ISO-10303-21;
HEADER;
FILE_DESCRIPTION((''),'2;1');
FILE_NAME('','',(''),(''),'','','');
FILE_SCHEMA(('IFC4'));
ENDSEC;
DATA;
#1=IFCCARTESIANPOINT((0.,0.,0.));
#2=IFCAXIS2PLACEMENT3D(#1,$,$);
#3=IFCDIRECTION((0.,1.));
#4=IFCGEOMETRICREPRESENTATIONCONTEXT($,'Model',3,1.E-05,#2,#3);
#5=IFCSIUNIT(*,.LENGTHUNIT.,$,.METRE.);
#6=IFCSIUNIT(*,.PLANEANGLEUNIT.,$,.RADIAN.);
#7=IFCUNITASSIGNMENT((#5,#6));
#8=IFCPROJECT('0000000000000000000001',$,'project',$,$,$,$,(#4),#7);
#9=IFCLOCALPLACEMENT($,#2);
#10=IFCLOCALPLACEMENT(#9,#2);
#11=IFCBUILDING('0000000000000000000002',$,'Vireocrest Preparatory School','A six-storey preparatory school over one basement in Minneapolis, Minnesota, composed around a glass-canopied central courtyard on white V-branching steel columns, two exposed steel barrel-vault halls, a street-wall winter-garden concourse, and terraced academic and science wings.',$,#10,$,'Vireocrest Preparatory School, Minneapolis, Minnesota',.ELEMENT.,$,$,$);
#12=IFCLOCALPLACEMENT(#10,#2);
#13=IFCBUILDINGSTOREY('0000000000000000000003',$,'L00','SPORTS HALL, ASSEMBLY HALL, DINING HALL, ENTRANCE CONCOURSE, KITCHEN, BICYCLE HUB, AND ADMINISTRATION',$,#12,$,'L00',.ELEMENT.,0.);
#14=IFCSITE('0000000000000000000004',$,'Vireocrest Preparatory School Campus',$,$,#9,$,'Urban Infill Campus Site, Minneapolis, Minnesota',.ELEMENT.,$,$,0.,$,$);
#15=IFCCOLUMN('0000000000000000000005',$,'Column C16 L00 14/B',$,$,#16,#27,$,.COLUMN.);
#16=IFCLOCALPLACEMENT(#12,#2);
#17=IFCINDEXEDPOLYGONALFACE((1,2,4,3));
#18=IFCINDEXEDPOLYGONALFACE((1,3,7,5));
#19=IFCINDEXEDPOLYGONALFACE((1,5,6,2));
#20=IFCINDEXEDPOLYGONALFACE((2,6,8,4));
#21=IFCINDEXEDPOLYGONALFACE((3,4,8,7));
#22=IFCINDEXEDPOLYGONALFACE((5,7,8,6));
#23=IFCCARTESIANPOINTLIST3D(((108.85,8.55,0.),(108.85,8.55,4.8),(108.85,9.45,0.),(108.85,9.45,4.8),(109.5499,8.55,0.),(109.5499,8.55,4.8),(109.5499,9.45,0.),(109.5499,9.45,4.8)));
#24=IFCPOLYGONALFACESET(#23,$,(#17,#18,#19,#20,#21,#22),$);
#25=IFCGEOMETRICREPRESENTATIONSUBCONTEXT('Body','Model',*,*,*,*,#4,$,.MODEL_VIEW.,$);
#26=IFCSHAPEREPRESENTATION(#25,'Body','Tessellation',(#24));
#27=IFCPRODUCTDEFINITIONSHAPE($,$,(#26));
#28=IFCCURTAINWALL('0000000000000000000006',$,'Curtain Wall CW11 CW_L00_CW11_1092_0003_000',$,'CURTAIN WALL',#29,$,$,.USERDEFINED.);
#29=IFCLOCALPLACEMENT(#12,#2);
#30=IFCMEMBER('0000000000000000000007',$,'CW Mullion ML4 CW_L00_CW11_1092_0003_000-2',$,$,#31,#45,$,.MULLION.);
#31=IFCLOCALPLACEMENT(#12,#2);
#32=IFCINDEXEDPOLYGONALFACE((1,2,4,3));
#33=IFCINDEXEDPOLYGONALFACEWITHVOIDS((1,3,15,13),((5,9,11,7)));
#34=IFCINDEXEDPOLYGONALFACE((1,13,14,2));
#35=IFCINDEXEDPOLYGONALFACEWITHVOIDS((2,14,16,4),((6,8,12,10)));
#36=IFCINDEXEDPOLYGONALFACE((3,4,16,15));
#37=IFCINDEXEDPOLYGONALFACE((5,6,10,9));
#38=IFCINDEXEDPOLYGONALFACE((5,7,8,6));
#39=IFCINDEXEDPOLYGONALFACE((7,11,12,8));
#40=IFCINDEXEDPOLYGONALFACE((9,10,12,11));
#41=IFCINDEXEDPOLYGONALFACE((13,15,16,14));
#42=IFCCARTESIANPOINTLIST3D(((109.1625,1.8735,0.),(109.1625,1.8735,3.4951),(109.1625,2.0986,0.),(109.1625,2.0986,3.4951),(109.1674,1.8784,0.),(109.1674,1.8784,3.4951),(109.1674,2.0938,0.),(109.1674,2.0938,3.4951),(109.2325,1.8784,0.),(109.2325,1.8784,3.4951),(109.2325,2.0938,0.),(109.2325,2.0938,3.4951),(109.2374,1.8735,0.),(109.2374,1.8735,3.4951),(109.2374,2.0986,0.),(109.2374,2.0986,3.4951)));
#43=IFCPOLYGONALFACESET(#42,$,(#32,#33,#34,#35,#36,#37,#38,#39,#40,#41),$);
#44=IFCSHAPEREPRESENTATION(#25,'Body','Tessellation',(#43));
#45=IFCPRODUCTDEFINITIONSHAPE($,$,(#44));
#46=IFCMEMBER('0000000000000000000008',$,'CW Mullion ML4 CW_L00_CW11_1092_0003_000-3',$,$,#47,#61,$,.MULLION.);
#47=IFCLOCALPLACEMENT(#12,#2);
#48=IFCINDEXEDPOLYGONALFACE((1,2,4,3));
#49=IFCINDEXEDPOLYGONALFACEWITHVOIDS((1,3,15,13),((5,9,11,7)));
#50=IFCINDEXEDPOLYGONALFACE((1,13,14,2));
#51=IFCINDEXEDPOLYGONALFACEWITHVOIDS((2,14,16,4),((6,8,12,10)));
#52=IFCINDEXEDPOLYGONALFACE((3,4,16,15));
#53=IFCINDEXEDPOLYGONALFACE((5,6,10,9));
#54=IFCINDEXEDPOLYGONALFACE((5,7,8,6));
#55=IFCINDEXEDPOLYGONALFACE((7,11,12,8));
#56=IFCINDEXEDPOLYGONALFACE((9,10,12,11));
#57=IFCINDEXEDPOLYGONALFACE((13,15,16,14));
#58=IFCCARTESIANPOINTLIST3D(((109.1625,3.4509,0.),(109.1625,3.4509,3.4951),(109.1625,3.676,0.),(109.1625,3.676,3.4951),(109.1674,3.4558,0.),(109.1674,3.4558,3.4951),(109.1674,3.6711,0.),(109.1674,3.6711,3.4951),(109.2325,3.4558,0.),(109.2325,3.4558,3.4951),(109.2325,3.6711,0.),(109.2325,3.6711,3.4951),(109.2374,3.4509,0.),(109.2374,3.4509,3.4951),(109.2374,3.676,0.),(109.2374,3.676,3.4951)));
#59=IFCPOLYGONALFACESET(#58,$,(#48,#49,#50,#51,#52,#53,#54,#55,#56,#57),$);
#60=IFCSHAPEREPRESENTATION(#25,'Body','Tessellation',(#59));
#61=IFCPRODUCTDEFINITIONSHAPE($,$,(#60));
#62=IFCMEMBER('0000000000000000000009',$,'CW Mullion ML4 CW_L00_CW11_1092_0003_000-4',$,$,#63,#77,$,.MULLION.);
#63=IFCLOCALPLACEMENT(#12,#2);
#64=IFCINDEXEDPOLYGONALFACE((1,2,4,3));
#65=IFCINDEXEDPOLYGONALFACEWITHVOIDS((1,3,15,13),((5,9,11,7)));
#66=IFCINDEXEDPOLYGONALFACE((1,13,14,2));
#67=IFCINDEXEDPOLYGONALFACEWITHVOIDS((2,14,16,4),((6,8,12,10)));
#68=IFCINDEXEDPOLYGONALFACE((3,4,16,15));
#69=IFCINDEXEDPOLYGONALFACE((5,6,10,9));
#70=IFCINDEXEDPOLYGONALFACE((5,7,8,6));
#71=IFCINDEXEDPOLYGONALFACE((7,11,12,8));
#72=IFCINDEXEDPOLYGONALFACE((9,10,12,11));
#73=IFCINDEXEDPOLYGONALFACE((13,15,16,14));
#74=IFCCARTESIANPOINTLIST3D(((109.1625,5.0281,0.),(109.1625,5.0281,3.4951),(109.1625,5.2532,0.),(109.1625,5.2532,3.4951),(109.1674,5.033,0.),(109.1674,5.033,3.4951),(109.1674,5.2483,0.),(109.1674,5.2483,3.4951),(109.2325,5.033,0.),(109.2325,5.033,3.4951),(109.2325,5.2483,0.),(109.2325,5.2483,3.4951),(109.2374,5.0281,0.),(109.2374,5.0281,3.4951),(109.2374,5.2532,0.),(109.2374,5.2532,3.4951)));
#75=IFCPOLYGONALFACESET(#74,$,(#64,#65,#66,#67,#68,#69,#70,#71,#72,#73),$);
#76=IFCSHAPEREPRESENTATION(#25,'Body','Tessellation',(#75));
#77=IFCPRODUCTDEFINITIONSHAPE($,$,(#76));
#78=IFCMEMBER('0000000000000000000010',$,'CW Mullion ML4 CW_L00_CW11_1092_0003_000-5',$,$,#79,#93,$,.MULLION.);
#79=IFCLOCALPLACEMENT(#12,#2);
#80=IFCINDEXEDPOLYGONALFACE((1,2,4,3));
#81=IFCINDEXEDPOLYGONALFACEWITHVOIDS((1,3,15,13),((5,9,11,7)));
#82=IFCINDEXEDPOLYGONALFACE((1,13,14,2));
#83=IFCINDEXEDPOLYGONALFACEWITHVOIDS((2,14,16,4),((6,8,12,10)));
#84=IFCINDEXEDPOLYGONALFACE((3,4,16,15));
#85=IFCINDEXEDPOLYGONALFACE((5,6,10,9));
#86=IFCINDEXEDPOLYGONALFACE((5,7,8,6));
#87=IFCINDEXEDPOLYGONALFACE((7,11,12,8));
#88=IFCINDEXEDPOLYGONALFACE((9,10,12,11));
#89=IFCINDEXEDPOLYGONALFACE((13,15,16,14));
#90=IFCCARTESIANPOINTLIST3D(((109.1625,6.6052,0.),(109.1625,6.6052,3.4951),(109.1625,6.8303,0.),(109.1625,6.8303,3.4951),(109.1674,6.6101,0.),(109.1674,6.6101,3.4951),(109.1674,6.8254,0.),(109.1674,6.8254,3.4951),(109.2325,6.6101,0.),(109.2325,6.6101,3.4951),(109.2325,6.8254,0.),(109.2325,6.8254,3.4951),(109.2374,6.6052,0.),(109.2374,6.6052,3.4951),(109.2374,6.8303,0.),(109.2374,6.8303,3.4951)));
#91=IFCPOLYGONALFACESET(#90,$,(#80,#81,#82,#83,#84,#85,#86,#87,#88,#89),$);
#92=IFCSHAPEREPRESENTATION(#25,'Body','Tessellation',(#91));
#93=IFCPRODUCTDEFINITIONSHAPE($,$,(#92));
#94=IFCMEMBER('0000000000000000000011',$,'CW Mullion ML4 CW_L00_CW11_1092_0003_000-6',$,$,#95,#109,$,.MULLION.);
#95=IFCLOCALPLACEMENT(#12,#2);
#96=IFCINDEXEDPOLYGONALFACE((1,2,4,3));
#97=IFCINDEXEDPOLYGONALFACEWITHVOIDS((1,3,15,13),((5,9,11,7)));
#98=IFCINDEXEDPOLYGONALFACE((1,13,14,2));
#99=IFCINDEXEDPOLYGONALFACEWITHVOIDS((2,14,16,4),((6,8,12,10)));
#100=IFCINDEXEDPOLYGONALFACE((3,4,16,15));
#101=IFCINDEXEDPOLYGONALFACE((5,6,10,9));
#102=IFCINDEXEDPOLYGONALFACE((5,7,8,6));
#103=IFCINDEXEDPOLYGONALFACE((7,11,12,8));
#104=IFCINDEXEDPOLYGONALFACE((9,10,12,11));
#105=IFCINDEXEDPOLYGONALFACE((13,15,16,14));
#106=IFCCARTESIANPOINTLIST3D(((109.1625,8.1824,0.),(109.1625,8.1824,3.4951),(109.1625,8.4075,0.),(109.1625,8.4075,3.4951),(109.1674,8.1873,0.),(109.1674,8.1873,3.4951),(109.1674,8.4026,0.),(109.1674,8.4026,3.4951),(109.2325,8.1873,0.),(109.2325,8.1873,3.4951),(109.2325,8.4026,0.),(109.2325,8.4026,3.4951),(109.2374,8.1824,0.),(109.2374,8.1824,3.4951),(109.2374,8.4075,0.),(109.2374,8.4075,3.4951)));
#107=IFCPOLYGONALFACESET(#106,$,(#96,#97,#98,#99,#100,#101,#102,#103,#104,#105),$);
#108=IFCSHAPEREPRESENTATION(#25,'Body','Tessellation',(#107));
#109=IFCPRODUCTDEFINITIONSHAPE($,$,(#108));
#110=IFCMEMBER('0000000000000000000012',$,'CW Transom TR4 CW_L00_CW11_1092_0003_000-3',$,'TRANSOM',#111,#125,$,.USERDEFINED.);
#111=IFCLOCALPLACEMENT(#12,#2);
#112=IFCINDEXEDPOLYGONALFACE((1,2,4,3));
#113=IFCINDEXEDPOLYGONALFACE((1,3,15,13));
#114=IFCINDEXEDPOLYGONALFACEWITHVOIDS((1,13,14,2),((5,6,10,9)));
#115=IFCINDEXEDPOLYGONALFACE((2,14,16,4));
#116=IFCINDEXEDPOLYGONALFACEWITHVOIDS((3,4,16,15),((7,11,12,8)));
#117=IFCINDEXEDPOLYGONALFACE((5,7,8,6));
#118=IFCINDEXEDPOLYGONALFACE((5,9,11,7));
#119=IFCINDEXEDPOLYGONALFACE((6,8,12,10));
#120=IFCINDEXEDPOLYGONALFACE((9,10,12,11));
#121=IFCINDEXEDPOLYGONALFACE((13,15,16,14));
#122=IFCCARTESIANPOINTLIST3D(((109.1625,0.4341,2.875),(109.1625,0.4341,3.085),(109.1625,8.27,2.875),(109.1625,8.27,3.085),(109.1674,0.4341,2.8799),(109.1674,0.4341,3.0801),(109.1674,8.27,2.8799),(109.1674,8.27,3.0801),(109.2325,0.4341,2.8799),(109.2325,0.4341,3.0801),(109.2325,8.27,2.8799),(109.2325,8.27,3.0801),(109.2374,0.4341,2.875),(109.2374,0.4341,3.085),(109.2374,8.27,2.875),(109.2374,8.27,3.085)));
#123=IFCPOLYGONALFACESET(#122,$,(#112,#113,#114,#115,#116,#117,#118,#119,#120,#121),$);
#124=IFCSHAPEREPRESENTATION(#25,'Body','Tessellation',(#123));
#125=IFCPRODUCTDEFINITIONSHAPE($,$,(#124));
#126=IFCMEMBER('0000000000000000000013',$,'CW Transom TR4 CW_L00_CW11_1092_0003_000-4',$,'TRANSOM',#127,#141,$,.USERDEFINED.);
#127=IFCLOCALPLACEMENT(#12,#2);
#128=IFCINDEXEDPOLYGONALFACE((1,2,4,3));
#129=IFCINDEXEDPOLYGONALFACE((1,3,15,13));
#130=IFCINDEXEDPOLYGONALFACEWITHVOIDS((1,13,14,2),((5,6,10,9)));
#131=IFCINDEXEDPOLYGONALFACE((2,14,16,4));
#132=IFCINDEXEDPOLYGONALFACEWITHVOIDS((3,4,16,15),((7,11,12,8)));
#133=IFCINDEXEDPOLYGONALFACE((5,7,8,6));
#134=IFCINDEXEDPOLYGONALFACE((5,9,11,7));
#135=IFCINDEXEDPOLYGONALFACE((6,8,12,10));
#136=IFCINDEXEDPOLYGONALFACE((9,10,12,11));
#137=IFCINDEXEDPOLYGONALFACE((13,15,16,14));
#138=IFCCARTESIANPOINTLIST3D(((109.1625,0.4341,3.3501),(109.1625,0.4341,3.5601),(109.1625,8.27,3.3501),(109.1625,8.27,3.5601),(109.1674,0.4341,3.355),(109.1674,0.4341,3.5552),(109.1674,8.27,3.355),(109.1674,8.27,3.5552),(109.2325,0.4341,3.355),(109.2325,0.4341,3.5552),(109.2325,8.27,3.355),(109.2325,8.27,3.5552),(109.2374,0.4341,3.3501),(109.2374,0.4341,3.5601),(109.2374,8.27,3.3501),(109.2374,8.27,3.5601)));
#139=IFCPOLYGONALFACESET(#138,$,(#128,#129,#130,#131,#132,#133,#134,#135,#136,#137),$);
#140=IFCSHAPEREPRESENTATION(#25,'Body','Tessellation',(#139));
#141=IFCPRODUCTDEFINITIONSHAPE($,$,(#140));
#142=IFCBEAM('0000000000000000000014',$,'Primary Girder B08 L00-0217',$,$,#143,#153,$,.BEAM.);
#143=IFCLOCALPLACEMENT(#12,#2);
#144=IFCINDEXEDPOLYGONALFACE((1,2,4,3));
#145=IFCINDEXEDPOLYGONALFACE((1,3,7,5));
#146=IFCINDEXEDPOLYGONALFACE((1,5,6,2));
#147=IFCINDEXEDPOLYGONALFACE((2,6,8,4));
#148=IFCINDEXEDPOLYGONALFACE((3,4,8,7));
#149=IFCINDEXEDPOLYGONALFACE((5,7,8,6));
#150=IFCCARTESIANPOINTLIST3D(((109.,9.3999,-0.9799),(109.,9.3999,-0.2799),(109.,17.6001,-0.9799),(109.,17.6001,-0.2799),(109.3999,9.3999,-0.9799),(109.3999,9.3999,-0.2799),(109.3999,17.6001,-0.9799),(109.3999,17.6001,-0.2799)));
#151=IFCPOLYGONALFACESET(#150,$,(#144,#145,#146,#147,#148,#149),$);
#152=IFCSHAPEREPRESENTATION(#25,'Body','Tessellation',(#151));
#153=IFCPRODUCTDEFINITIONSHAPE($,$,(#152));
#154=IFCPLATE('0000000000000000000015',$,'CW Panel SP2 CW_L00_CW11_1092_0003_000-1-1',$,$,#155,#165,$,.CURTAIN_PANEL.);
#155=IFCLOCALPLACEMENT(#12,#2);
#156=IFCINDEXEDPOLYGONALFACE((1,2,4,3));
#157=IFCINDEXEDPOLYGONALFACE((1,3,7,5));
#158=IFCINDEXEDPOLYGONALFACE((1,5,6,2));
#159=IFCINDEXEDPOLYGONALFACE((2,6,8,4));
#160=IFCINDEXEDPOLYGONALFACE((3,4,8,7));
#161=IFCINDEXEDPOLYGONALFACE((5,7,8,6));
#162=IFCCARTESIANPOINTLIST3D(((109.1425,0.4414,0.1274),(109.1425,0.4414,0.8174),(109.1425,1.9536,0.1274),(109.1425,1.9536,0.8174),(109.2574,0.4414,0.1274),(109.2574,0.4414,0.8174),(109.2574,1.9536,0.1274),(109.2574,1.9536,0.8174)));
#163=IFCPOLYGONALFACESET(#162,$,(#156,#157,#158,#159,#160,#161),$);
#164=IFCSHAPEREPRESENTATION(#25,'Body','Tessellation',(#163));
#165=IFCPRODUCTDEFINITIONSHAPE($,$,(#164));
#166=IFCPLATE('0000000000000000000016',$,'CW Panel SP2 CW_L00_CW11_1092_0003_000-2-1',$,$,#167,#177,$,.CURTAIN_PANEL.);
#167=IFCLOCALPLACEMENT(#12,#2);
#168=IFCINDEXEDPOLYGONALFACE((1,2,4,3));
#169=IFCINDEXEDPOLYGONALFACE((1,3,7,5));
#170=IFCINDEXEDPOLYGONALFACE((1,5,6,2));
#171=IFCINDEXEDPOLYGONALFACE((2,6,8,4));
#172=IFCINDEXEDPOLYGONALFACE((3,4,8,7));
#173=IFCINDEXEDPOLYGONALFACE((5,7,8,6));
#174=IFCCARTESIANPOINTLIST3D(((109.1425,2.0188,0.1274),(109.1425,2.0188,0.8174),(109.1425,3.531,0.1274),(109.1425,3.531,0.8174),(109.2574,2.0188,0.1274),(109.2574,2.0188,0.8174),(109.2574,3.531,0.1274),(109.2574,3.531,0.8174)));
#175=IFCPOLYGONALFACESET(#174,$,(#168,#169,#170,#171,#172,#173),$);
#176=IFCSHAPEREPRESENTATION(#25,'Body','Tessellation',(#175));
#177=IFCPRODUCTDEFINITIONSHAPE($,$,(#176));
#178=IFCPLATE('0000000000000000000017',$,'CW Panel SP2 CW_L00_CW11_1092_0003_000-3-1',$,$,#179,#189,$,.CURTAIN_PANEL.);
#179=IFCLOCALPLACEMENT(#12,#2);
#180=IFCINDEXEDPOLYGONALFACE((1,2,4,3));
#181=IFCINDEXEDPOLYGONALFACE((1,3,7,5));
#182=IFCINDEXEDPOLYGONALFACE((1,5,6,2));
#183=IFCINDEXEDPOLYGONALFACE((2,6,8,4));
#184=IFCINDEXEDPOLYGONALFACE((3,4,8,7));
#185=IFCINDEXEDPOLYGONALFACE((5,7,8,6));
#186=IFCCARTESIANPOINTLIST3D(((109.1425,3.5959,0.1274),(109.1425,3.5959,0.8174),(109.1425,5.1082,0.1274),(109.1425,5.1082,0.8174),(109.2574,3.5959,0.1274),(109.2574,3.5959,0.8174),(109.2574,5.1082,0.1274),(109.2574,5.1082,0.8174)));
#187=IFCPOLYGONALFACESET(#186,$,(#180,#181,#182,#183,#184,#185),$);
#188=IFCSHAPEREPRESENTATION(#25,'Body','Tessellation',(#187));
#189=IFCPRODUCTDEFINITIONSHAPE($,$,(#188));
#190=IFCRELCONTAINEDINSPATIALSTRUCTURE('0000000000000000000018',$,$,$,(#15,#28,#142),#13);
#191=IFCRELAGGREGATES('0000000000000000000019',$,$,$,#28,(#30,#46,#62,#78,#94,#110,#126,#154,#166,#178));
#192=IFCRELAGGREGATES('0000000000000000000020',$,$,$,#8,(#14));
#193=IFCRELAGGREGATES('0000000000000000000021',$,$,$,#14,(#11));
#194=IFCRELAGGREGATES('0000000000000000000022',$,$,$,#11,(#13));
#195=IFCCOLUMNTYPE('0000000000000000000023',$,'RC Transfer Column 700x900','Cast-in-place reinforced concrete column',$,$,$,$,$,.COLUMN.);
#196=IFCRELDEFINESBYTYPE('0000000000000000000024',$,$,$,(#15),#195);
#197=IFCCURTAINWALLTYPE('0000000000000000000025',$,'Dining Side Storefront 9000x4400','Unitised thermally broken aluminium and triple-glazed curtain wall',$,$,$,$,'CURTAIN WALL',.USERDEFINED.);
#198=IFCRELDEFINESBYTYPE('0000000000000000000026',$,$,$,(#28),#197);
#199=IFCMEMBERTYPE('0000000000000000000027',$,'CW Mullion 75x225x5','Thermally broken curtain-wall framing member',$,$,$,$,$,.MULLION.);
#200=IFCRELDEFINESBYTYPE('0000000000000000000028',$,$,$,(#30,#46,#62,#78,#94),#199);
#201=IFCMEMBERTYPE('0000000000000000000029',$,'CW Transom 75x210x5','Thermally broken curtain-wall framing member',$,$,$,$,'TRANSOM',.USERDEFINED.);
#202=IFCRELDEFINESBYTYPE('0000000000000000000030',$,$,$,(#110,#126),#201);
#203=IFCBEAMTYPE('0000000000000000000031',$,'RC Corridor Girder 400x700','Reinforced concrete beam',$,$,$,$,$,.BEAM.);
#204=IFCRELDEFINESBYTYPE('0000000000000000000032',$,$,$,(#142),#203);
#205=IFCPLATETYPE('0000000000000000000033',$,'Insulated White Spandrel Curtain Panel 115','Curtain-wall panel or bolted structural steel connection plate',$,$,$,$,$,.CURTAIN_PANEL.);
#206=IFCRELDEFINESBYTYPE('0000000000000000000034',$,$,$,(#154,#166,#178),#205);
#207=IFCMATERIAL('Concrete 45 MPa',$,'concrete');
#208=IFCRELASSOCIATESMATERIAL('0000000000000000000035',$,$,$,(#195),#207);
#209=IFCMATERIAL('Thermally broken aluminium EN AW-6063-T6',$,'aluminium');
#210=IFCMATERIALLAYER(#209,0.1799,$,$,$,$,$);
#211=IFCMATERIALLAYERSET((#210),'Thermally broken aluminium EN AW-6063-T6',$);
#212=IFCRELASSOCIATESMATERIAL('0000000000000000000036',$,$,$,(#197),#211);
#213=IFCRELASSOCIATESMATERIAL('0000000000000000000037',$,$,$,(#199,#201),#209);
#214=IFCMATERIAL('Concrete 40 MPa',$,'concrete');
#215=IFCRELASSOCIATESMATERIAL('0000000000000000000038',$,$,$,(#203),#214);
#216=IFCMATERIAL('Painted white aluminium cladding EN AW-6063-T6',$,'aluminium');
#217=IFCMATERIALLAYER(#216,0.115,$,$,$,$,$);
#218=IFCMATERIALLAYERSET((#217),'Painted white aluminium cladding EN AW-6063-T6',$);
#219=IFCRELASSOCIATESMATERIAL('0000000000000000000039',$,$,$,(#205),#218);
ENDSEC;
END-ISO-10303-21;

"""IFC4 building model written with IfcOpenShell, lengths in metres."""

from ifc_helpers import new_model, si_unit, direction, frame, origin, origin_2d, place, context, subcontext, project, spatial, rectangle, hollow_rectangle, extrude, material, layer, layer_set, material_profile, profile_set, type_object, element, aggregate, save


model = new_model("IFC4")

# Units and contexts
model_context = context("Model", 3, precision=1e-05, world=origin(), true_north=direction((0.0, 1.0)))
body_context = subcontext(model_context, "Body", "Model", "MODEL_VIEW")
ifc_project = project(units=[si_unit("LENGTHUNIT", "METRE"), si_unit("PLANEANGLEUNIT", "RADIAN")], contexts=[model_context])

# Site, building, storey
site_placement = place(None, origin())
site = spatial("IfcSite", under=ifc_project, at=site_placement, Name="Vireocrest Preparatory School Campus", LongName="Urban Infill Campus Site, Minneapolis, Minnesota", CompositionType="ELEMENT", RefElevation=0.0)
building_placement = place(site_placement, origin())
building = spatial("IfcBuilding", under=site, at=building_placement, Name="Vireocrest Preparatory School", Description="A six-storey preparatory school over one basement in Minneapolis, Minnesota, composed around a glass-canopied central courtyard on white V-branching steel columns, two exposed steel barrel-vault halls, a street-wall winter-garden concourse, and terraced academic and science wings.", LongName="Vireocrest Preparatory School, Minneapolis, Minnesota", CompositionType="ELEMENT")
storey_placement = place(building_placement, origin())
storey = spatial("IfcBuildingStorey", under=building, at=storey_placement, Name="L00", Description="SPORTS HALL, ASSEMBLY HALL, DINING HALL, ENTRANCE CONCOURSE, KITCHEN, BICYCLE HUB, AND ADMINISTRATION", LongName="L00", CompositionType="ELEMENT", Elevation=0.0)

# Column
ifc_material_1 = material(Name="Concrete 45 MPa", Category="concrete")
ifc_material_profile_1 = material_profile(ifc_material_1, rectangle(XDim=0.7, YDim=0.8999, at=origin_2d()), Name="RC 700x900")
ifc_profile_set_1 = profile_set([ifc_material_profile_1], Name="Concrete 45 MPa")
column_type = type_object("IfcColumnType", Name="RC Transfer Column 700x900", Description="Cast-in-place reinforced concrete column", PredefinedType="COLUMN", material=ifc_profile_set_1)
column_placement = place(storey_placement, frame((109.2, 9.0, 0.0), z_axis=(0.0, 0.0, 1.0), x_axis=(1.0, 0.0, 0.0)))
element("IfcColumn", 1, at=column_placement, inside=storey, type_object=column_type, Name="Column C16 L00 14/B", PredefinedType="COLUMN", context=body_context, shape_type="SweptSolid", body=[
    extrude(rectangle(XDim=0.7, YDim=0.8999, at=origin_2d()), origin(), (0.0, 0.0, 1.0), 4.8),
])

# Curtain wall, members
ifc_material_2 = material(Name="Thermally broken aluminium EN AW-6063-T6", Category="aluminium")
ifc_layer_1 = layer(ifc_material_2, 0.1799)
ifc_layer_set_1 = layer_set([ifc_layer_1], Name="Thermally broken aluminium EN AW-6063-T6")
curtain_wall_type = type_object("IfcCurtainWallType", Name="Dining Side Storefront 9000x4400", Description="Unitised thermally broken aluminium and triple-glazed curtain wall", ElementType="CURTAIN WALL", PredefinedType="USERDEFINED", material=ifc_layer_set_1)
curtain_wall_placement = place(storey_placement, origin())
curtain_wall = element("IfcCurtainWall", 2, at=curtain_wall_placement, inside=storey, type_object=curtain_wall_type, Name="Curtain Wall CW11 CW_L00_CW11_1092_0003_000", ObjectType="CURTAIN WALL", PredefinedType="USERDEFINED")
ifc_material_profile_2 = material_profile(ifc_material_2, hollow_rectangle(XDim=0.075, YDim=0.2251, WallThickness=0.0049, at=origin_2d()), Name="ALU 75x225x5")
ifc_profile_set_2 = profile_set([ifc_material_profile_2], Name="Thermally broken aluminium EN AW-6063-T6")
member_type_1 = type_object("IfcMemberType", Name="CW Mullion 75x225x5", Description="Thermally broken curtain-wall framing member", PredefinedType="MULLION", material=ifc_profile_set_2)
member_1_placement = place(storey_placement, frame((109.2, 1.9861, 0.0), z_axis=(0.0, 0.0, 1.0), x_axis=(1.0, 0.0, 0.0)))
member_1 = element("IfcMember", 3, at=member_1_placement, type_object=member_type_1, Name="CW Mullion ML4 CW_L00_CW11_1092_0003_000-2", PredefinedType="MULLION", context=body_context, shape_type="SweptSolid", body=[
    extrude(hollow_rectangle(XDim=0.075, YDim=0.2251, WallThickness=0.0049, at=origin_2d()), origin(), (0.0, 0.0, 1.0), 3.4951),
])
member_2_placement = place(storey_placement, frame((109.2, 3.5635, 0.0), z_axis=(0.0, 0.0, 1.0), x_axis=(1.0, 0.0, 0.0)))
member_2 = element("IfcMember", 4, at=member_2_placement, type_object=member_type_1, Name="CW Mullion ML4 CW_L00_CW11_1092_0003_000-3", PredefinedType="MULLION", context=body_context, shape_type="SweptSolid", body=[
    extrude(hollow_rectangle(XDim=0.075, YDim=0.2251, WallThickness=0.0049, at=origin_2d()), origin(), (0.0, 0.0, 1.0), 3.4951),
])
member_3_placement = place(storey_placement, frame((109.2, 5.1406, 0.0), z_axis=(0.0, 0.0, 1.0), x_axis=(1.0, 0.0, 0.0)))
member_3 = element("IfcMember", 5, at=member_3_placement, type_object=member_type_1, Name="CW Mullion ML4 CW_L00_CW11_1092_0003_000-4", PredefinedType="MULLION", context=body_context, shape_type="SweptSolid", body=[
    extrude(hollow_rectangle(XDim=0.075, YDim=0.2251, WallThickness=0.0049, at=origin_2d()), origin(), (0.0, 0.0, 1.0), 3.4951),
])
member_4_placement = place(storey_placement, frame((109.2, 6.7178, 0.0), z_axis=(0.0, 0.0, 1.0), x_axis=(1.0, 0.0, 0.0)))
member_4 = element("IfcMember", 6, at=member_4_placement, type_object=member_type_1, Name="CW Mullion ML4 CW_L00_CW11_1092_0003_000-5", PredefinedType="MULLION", context=body_context, shape_type="SweptSolid", body=[
    extrude(hollow_rectangle(XDim=0.075, YDim=0.2251, WallThickness=0.0049, at=origin_2d()), origin(), (0.0, 0.0, 1.0), 3.4951),
])
member_5_placement = place(storey_placement, frame((109.2, 8.2949, 0.0), z_axis=(0.0, 0.0, 1.0), x_axis=(1.0, 0.0, 0.0)))
member_5 = element("IfcMember", 7, at=member_5_placement, type_object=member_type_1, Name="CW Mullion ML4 CW_L00_CW11_1092_0003_000-6", PredefinedType="MULLION", context=body_context, shape_type="SweptSolid", body=[
    extrude(hollow_rectangle(XDim=0.075, YDim=0.2251, WallThickness=0.0049, at=origin_2d()), origin(), (0.0, 0.0, 1.0), 3.4951),
])
ifc_material_profile_3 = material_profile(ifc_material_2, hollow_rectangle(XDim=0.075, YDim=0.21, WallThickness=0.0049, at=origin_2d()), Name="ALU 75x210x5")
ifc_profile_set_3 = profile_set([ifc_material_profile_3], Name="Thermally broken aluminium EN AW-6063-T6")
member_type_2 = type_object("IfcMemberType", Name="CW Transom 75x210x5", Description="Thermally broken curtain-wall framing member", ElementType="TRANSOM", PredefinedType="USERDEFINED", material=ifc_profile_set_3)
member_6_placement = place(storey_placement, frame((109.2, 0.4341, 2.98), z_axis=(0.0, 1.0, 0.0), x_axis=(-1.0, 0.0, 0.0)))
member_6 = element("IfcMember", 8, at=member_6_placement, type_object=member_type_2, Name="CW Transom TR4 CW_L00_CW11_1092_0003_000-3", ObjectType="TRANSOM", PredefinedType="USERDEFINED", context=body_context, shape_type="SweptSolid", body=[
    extrude(hollow_rectangle(XDim=0.075, YDim=0.21, WallThickness=0.0049, at=origin_2d()), origin(), (0.0, 0.0, 1.0), 7.8359),
])
member_7_placement = place(storey_placement, frame((109.2, 0.4341, 3.4551), z_axis=(0.0, 1.0, 0.0), x_axis=(-1.0, 0.0, 0.0)))
member_7 = element("IfcMember", 9, at=member_7_placement, type_object=member_type_2, Name="CW Transom TR4 CW_L00_CW11_1092_0003_000-4", ObjectType="TRANSOM", PredefinedType="USERDEFINED", context=body_context, shape_type="SweptSolid", body=[
    extrude(hollow_rectangle(XDim=0.075, YDim=0.21, WallThickness=0.0049, at=origin_2d()), origin(), (0.0, 0.0, 1.0), 7.8359),
])

# Beam
ifc_material_3 = material(Name="Concrete 40 MPa", Category="concrete")
ifc_material_profile_4 = material_profile(ifc_material_3, rectangle(XDim=0.3999, YDim=0.7, at=origin_2d()), Name="RC 400x700")
ifc_profile_set_4 = profile_set([ifc_material_profile_4], Name="Concrete 40 MPa")
beam_type = type_object("IfcBeamType", Name="RC Corridor Girder 400x700", Description="Reinforced concrete beam", PredefinedType="BEAM", material=ifc_profile_set_4)
beam_placement = place(storey_placement, frame((109.2, 9.3999, -0.6299), z_axis=(0.0, 1.0, 0.0), x_axis=(-1.0, 0.0, 0.0)))
element("IfcBeam", 10, at=beam_placement, inside=storey, type_object=beam_type, Name="Primary Girder B08 L00-0217", PredefinedType="BEAM", context=body_context, shape_type="SweptSolid", body=[
    extrude(rectangle(XDim=0.3999, YDim=0.7, at=origin_2d()), origin(), (0.0, 0.0, 1.0), 8.2002),
])

# Plates
ifc_material_4 = material(Name="Painted white aluminium cladding EN AW-6063-T6", Category="aluminium")
ifc_layer_2 = layer(ifc_material_4, 0.115)
ifc_layer_set_2 = layer_set([ifc_layer_2], Name="Painted white aluminium cladding EN AW-6063-T6")
plate_type_1 = type_object("IfcPlateType", Name="Insulated White Spandrel Curtain Panel 115", Description="Curtain-wall panel or bolted structural steel connection plate", PredefinedType="CURTAIN_PANEL", material=ifc_layer_set_2)
plate_1_placement = place(storey_placement, frame((109.2, 1.1975, 0.1274), z_axis=(0.0, 0.0, 1.0), x_axis=(0.0, 1.0, 0.0)))
plate_1 = element("IfcPlate", 11, at=plate_1_placement, type_object=plate_type_1, Name="CW Panel SP2 CW_L00_CW11_1092_0003_000-1-1", PredefinedType="CURTAIN_PANEL", context=body_context, shape_type="SweptSolid", body=[
    extrude(rectangle(XDim=1.5122, YDim=0.115, at=origin_2d()), origin(), (0.0, 0.0, 1.0), 0.6899),
])
plate_2_placement = place(storey_placement, frame((109.2, 2.7749, 0.1274), z_axis=(0.0, 0.0, 1.0), x_axis=(0.0, 1.0, 0.0)))
plate_2 = element("IfcPlate", 12, at=plate_2_placement, type_object=plate_type_1, Name="CW Panel SP2 CW_L00_CW11_1092_0003_000-2-1", PredefinedType="CURTAIN_PANEL", context=body_context, shape_type="SweptSolid", body=[
    extrude(rectangle(XDim=1.5122, YDim=0.115, at=origin_2d()), origin(), (0.0, 0.0, 1.0), 0.6899),
])
plate_3_placement = place(storey_placement, frame((109.2, 4.3521, 0.1274), z_axis=(0.0, 0.0, 1.0), x_axis=(0.0, 1.0, 0.0)))
plate_3 = element("IfcPlate", 13, at=plate_3_placement, type_object=plate_type_1, Name="CW Panel SP2 CW_L00_CW11_1092_0003_000-3-1", PredefinedType="CURTAIN_PANEL", context=body_context, shape_type="SweptSolid", body=[
    extrude(rectangle(XDim=1.5122, YDim=0.115, at=origin_2d()), origin(), (0.0, 0.0, 1.0), 0.6899),
])
aggregate(curtain_wall, [member_1, member_2, member_3, member_4, member_5, member_6, member_7, plate_1, plate_2, plate_3])

save(model, "model.ifc")
